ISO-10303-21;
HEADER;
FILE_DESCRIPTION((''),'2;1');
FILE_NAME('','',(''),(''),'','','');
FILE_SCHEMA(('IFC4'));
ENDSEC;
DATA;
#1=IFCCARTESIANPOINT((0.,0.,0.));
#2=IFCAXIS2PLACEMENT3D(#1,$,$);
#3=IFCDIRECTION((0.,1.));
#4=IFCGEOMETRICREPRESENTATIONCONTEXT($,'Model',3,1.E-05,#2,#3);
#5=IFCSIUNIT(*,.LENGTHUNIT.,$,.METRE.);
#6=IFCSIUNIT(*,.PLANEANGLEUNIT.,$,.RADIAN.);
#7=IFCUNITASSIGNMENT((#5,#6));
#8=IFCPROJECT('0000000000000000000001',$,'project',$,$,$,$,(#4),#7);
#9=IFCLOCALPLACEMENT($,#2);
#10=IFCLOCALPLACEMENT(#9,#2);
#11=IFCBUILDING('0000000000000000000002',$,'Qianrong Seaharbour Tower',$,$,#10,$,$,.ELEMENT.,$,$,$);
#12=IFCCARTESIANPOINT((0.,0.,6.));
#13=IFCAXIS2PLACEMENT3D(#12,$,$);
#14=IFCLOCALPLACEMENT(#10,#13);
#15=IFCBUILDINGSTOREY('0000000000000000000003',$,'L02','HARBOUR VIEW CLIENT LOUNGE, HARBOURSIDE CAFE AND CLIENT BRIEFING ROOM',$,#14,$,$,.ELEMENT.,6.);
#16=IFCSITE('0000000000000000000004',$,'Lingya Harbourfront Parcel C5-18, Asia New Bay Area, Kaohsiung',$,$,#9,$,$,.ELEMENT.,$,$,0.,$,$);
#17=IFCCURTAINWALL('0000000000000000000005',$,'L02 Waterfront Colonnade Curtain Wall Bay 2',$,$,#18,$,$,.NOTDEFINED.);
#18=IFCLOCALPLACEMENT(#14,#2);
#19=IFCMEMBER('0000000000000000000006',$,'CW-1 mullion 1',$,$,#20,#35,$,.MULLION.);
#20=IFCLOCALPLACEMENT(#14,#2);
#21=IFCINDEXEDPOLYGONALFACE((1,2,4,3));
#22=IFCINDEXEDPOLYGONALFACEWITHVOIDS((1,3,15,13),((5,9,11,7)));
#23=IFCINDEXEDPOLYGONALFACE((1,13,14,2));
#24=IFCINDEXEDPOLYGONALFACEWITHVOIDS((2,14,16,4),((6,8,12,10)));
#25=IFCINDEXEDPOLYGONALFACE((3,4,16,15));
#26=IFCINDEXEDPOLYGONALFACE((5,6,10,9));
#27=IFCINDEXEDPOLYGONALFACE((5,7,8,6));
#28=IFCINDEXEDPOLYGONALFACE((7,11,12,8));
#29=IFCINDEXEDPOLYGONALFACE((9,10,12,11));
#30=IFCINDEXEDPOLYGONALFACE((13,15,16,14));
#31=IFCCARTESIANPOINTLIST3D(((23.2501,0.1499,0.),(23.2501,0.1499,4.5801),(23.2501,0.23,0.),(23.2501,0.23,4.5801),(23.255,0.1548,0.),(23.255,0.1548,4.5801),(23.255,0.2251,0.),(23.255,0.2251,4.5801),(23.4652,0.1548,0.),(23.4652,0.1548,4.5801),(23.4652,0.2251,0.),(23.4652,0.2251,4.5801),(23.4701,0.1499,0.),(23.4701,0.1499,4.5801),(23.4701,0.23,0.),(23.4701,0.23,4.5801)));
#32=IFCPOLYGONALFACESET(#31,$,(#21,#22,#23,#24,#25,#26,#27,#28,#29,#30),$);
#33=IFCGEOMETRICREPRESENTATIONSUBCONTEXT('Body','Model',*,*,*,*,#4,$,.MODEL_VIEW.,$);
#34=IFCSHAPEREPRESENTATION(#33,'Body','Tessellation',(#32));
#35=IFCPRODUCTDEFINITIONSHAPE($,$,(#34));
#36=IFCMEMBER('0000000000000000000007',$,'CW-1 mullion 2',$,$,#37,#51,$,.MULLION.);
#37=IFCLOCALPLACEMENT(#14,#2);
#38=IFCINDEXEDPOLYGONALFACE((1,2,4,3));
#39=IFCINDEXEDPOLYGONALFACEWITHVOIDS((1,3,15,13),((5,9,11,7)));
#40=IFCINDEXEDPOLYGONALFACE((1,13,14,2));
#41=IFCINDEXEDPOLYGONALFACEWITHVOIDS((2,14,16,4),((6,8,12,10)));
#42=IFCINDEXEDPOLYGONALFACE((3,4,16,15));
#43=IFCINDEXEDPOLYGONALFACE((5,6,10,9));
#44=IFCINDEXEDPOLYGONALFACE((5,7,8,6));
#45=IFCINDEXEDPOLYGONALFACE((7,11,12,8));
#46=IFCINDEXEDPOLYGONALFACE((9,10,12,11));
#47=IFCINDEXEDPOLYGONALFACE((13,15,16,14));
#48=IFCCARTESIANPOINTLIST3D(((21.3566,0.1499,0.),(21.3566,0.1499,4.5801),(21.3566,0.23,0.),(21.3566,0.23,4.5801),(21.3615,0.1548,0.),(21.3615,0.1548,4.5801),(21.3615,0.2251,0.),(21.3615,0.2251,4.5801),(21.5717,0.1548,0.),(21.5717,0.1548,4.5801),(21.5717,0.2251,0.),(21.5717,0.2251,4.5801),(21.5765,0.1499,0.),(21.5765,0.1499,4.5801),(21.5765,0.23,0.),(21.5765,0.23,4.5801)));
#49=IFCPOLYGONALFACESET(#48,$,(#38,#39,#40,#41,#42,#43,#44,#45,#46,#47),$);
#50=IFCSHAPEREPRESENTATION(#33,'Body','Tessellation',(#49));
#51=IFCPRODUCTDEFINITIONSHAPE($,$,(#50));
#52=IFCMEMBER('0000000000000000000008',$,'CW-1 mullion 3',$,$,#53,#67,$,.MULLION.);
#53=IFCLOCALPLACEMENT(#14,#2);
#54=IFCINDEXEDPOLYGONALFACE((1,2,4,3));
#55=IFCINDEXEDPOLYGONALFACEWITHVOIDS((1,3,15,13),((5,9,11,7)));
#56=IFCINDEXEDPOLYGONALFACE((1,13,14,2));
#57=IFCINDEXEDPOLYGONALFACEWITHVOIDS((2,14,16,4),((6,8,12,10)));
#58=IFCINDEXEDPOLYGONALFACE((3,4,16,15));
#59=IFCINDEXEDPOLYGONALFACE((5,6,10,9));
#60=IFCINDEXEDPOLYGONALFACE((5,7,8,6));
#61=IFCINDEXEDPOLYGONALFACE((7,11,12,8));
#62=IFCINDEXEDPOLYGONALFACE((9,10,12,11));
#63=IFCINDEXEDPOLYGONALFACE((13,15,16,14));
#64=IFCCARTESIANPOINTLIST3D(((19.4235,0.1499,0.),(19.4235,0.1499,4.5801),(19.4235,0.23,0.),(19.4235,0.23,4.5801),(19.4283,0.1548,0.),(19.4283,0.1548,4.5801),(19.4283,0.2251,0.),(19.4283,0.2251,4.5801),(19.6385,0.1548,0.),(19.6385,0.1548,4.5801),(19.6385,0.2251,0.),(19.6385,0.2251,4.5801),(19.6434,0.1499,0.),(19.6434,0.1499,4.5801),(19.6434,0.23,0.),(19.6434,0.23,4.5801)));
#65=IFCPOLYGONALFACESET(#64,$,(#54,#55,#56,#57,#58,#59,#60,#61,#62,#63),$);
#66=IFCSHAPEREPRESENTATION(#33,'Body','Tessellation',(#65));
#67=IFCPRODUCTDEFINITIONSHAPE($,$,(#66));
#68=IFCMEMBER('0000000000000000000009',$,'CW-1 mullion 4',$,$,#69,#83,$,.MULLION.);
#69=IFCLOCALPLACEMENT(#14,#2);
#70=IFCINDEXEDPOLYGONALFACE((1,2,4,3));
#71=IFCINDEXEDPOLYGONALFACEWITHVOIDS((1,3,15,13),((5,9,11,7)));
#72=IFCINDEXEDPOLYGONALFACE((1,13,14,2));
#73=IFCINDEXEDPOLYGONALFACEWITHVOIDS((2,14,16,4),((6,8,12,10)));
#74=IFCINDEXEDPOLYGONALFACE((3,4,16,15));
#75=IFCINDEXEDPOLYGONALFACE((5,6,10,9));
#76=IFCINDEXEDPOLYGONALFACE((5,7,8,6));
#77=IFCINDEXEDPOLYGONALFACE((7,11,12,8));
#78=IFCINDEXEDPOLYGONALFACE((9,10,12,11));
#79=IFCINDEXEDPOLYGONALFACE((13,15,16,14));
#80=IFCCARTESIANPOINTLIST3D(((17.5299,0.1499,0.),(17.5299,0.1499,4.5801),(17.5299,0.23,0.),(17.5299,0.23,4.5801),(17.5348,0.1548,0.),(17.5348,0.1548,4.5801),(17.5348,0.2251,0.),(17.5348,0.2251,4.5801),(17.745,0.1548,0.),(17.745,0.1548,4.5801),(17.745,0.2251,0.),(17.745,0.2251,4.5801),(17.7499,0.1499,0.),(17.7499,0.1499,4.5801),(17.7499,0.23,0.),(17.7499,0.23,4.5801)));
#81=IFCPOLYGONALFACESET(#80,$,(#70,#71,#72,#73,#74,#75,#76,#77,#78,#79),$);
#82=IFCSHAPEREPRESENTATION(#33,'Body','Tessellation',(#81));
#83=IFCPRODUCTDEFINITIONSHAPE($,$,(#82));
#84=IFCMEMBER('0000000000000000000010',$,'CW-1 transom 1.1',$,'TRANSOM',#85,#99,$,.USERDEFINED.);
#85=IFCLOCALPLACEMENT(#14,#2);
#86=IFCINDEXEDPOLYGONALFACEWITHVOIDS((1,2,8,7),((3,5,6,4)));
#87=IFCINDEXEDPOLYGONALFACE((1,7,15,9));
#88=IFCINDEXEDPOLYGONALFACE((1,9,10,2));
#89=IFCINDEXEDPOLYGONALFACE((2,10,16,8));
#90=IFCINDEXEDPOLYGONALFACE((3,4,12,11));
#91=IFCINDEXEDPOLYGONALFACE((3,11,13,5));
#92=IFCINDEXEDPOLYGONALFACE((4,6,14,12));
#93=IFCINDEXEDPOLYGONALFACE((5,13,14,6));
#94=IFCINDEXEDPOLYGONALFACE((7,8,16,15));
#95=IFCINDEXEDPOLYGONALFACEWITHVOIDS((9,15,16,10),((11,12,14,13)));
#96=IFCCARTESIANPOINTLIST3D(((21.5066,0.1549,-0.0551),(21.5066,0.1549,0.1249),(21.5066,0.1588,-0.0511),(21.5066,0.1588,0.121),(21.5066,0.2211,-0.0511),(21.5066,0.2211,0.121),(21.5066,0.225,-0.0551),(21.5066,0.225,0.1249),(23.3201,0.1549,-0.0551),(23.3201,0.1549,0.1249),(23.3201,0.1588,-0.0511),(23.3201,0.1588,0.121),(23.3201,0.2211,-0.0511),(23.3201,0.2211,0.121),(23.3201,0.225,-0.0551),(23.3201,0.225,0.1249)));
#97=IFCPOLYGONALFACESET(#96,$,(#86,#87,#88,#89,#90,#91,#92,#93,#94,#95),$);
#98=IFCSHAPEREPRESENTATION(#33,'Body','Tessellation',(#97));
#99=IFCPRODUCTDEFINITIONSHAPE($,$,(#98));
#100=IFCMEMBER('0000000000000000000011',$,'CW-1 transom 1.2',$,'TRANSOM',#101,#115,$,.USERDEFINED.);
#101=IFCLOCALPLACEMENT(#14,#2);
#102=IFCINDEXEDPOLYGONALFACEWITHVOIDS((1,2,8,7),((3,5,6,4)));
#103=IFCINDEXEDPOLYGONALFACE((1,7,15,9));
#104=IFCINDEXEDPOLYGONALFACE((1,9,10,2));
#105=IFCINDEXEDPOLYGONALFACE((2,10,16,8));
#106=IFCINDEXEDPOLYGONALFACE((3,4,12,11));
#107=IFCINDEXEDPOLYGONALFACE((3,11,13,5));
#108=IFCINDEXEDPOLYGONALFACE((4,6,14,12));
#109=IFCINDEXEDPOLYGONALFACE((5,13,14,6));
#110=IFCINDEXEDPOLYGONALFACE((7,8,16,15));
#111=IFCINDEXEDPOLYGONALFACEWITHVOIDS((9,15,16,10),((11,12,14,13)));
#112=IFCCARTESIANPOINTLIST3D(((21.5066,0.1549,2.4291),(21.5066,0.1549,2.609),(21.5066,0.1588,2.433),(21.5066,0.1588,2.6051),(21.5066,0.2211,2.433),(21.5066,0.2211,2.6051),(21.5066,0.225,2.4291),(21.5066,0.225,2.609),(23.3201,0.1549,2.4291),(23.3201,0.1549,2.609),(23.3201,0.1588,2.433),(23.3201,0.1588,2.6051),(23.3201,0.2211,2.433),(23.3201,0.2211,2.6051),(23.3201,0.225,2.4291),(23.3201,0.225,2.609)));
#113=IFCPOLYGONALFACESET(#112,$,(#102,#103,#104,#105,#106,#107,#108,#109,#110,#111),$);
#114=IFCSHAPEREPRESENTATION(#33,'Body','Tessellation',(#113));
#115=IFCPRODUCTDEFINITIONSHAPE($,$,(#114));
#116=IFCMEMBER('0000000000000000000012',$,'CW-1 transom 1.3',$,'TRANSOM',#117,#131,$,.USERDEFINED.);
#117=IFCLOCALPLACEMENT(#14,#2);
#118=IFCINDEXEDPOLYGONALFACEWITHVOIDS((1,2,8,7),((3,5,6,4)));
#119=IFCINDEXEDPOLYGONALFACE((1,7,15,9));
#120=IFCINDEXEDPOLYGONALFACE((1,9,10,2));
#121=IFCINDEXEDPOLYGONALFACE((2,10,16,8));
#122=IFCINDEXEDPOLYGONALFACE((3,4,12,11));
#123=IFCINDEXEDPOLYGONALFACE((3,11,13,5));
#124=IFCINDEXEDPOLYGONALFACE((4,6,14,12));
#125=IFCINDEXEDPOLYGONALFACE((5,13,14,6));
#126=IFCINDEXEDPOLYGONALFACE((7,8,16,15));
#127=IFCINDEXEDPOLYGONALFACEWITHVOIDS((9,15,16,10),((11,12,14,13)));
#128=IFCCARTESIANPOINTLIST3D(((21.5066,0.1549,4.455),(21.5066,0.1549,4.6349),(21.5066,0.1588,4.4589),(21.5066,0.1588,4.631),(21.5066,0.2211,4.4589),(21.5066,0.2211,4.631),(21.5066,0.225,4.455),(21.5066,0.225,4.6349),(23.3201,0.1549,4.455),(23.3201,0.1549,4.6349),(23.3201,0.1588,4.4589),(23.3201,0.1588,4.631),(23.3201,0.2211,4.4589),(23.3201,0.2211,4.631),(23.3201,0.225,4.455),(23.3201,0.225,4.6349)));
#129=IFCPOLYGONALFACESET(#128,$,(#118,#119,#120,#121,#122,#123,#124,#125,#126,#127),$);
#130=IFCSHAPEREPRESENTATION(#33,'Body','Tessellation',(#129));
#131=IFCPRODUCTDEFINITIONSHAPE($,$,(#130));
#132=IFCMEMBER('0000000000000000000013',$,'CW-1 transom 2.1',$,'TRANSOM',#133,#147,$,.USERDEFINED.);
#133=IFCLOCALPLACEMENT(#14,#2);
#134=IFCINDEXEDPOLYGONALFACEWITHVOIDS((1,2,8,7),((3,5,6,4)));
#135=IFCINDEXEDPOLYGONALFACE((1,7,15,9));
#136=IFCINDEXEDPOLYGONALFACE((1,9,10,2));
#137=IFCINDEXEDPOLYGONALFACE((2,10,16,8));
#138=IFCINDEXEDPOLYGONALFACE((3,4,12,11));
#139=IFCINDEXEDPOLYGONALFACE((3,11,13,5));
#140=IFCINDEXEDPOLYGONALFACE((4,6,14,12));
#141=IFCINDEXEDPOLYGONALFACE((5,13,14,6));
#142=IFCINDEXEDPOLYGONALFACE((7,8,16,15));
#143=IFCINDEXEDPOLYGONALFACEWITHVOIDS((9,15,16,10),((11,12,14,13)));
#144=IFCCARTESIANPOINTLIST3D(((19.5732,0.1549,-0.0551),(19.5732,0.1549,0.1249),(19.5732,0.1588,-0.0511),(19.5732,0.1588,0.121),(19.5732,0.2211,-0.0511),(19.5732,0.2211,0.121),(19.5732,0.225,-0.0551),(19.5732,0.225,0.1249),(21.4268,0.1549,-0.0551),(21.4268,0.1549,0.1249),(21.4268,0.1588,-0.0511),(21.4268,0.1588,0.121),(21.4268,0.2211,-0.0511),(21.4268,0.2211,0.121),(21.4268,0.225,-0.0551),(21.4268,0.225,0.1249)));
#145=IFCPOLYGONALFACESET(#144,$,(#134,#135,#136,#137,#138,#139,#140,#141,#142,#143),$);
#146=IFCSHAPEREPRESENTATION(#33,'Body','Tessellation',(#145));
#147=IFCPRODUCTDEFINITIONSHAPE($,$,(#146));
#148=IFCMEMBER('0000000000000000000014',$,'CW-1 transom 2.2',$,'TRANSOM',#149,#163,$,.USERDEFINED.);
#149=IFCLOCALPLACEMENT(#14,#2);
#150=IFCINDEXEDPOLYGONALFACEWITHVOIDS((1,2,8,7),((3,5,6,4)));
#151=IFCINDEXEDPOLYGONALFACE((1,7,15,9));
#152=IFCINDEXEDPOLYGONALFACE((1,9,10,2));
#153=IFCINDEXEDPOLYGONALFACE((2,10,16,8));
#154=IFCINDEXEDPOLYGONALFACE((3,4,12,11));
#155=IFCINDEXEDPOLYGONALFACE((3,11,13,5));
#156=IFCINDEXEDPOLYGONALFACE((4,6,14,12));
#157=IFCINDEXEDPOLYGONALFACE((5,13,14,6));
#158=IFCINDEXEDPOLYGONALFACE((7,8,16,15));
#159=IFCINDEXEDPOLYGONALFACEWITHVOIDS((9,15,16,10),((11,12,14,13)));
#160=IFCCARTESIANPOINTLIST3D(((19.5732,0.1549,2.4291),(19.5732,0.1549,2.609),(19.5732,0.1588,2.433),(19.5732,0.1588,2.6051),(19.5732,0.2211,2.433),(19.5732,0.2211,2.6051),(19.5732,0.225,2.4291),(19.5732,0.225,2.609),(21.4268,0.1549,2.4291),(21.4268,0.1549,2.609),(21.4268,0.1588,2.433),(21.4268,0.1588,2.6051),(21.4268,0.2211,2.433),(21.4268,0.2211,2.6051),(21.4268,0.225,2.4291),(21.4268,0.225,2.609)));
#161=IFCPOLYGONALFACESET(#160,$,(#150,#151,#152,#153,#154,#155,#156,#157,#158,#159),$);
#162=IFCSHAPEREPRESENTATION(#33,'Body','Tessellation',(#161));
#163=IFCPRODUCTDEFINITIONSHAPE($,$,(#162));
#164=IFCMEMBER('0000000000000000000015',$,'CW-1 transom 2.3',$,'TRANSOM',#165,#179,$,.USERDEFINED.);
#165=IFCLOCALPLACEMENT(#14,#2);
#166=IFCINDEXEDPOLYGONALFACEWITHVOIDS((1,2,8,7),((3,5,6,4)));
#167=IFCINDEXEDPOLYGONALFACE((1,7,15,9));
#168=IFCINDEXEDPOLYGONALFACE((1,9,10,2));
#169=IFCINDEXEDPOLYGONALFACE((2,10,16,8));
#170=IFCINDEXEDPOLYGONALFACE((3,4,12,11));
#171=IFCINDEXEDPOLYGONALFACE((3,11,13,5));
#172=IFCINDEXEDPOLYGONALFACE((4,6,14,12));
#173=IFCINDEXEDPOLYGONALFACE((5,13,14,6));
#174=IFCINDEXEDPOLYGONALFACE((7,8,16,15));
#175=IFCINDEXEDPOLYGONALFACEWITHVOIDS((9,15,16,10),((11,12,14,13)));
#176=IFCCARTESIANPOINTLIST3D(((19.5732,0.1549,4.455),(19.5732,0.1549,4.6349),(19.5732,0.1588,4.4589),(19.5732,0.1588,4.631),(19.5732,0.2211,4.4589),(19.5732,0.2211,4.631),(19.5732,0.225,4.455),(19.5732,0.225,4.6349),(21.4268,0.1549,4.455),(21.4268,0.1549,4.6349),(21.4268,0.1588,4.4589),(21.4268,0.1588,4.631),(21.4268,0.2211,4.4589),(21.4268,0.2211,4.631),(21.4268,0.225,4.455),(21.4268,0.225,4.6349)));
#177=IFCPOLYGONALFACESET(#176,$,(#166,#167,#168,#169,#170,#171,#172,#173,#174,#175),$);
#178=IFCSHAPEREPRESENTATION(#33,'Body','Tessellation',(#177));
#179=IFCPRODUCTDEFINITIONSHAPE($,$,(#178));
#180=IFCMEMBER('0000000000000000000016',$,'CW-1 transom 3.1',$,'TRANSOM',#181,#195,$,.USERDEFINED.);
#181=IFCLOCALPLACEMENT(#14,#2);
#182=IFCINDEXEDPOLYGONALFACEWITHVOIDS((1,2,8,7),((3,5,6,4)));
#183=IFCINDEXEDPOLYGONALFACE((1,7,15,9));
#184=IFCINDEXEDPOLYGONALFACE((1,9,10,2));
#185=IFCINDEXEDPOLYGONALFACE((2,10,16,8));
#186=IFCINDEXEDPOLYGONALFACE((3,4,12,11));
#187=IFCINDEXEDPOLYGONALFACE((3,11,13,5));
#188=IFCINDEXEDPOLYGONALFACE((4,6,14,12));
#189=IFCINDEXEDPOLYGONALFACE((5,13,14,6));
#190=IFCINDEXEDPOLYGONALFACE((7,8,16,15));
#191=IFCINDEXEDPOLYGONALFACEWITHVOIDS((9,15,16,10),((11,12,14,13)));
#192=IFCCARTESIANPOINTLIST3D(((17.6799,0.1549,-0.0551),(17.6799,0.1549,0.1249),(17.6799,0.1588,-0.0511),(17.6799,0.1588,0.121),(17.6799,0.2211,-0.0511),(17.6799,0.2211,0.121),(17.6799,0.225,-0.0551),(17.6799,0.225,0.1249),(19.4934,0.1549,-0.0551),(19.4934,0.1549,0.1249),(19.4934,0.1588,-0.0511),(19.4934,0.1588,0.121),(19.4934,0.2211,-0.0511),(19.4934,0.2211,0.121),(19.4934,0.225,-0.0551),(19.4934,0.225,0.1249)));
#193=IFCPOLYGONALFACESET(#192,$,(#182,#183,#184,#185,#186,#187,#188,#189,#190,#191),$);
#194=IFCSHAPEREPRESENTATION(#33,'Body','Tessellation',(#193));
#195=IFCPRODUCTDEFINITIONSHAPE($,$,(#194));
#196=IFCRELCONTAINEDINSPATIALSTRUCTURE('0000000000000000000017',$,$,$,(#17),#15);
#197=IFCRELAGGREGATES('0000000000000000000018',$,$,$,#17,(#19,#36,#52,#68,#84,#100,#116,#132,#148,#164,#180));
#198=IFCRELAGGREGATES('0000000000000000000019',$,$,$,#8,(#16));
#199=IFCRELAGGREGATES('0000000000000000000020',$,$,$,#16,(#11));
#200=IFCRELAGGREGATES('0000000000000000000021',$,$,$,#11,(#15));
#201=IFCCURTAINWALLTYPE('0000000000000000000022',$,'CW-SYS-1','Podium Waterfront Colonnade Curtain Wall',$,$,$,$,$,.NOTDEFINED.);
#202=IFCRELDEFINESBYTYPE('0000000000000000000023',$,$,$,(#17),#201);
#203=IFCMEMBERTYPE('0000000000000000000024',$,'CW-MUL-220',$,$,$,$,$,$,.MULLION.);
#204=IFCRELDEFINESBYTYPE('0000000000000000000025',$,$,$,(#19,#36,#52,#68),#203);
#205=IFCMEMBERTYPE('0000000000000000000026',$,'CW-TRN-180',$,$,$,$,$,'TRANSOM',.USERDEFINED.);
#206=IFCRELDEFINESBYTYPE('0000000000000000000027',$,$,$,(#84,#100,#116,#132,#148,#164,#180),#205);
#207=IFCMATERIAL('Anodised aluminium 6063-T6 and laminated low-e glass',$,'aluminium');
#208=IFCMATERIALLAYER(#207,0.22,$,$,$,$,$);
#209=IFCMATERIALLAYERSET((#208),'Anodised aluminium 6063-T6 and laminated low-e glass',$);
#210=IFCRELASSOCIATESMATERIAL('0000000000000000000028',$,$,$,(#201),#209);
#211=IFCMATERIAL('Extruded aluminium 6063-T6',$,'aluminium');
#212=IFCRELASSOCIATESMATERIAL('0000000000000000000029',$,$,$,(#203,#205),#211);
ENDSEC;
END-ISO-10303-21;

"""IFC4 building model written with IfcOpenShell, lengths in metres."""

from ifc_helpers import new_model, si_unit, direction, frame, origin, origin_2d, place, context, subcontext, project, spatial, hollow_rectangle, extrude, material, layer, layer_set, material_profile, profile_set, type_object, element, aggregate, save


model = new_model("IFC4")

# Units and contexts
model_context = context("Model", 3, precision=1e-05, world=origin(), true_north=direction((0.0, 1.0)))
body_context = subcontext(model_context, "Body", "Model", "MODEL_VIEW")
ifc_project = project(units=[si_unit("LENGTHUNIT", "METRE"), si_unit("PLANEANGLEUNIT", "RADIAN")], contexts=[model_context])

# Site, building, storey
site_placement = place(None, origin())
site = spatial("IfcSite", under=ifc_project, at=site_placement, Name="Lingya Harbourfront Parcel C5-18, Asia New Bay Area, Kaohsiung", CompositionType="ELEMENT", RefElevation=0.0)
building_placement = place(site_placement, origin())
building = spatial("IfcBuilding", under=site, at=building_placement, Name="Qianrong Seaharbour Tower", CompositionType="ELEMENT")
storey_placement = place(building_placement, frame((0.0, 0.0, 6.0)))
storey = spatial("IfcBuildingStorey", under=building, at=storey_placement, Name="L02", Description="HARBOUR VIEW CLIENT LOUNGE, HARBOURSIDE CAFE AND CLIENT BRIEFING ROOM", CompositionType="ELEMENT", Elevation=6.0)

# Curtain wall, members
ifc_material_1 = material(Name="Anodised aluminium 6063-T6 and laminated low-e glass", Category="aluminium")
ifc_layer_1 = layer(ifc_material_1, 0.22)
ifc_layer_set_1 = layer_set([ifc_layer_1], Name="Anodised aluminium 6063-T6 and laminated low-e glass")
curtain_wall_type = type_object("IfcCurtainWallType", Name="CW-SYS-1", Description="Podium Waterfront Colonnade Curtain Wall", PredefinedType="NOTDEFINED", material=ifc_layer_set_1)
curtain_wall_placement = place(storey_placement, origin())
curtain_wall = element("IfcCurtainWall", 1, at=curtain_wall_placement, inside=storey, type_object=curtain_wall_type, Name="L02 Waterfront Colonnade Curtain Wall Bay 2", PredefinedType="NOTDEFINED")
ifc_material_2 = material(Name="Extruded aluminium 6063-T6", Category="aluminium")
ifc_material_profile_1 = material_profile(ifc_material_2, hollow_rectangle(XDim=0.0801, YDim=0.22, WallThickness=0.0049, at=origin_2d()), Name="ALU-MUL-220x80x5")
ifc_profile_set_1 = profile_set([ifc_material_profile_1], Name="Extruded aluminium 6063-T6")
member_type_1 = type_object("IfcMemberType", Name="CW-MUL-220", PredefinedType="MULLION", material=ifc_profile_set_1)
member_1_placement = place(storey_placement, frame((23.3601, 0.1899, 0.0), z_axis=(0.0, 0.0, 1.0), x_axis=(0.0, -1.0, 0.0)))
member_1 = element("IfcMember", 2, at=member_1_placement, type_object=member_type_1, Name="CW-1 mullion 1", PredefinedType="MULLION", context=body_context, shape_type="SweptSolid", body=[
    extrude(hollow_rectangle(XDim=0.0801, YDim=0.22, WallThickness=0.0049, at=origin_2d()), origin(), (0.0, 0.0, 1.0), 4.5801),
])
member_2_placement = place(storey_placement, frame((21.4666, 0.1899, 0.0), z_axis=(0.0, 0.0, 1.0), x_axis=(0.0, -1.0, 0.0)))
member_2 = element("IfcMember", 3, at=member_2_placement, type_object=member_type_1, Name="CW-1 mullion 2", PredefinedType="MULLION", context=body_context, shape_type="SweptSolid", body=[
    extrude(hollow_rectangle(XDim=0.0801, YDim=0.22, WallThickness=0.0049, at=origin_2d()), origin(), (0.0, 0.0, 1.0), 4.5801),
])
member_3_placement = place(storey_placement, frame((19.5334, 0.1899, 0.0), z_axis=(0.0, 0.0, 1.0), x_axis=(0.0, -1.0, 0.0)))
member_3 = element("IfcMember", 4, at=member_3_placement, type_object=member_type_1, Name="CW-1 mullion 3", PredefinedType="MULLION", context=body_context, shape_type="SweptSolid", body=[
    extrude(hollow_rectangle(XDim=0.0801, YDim=0.22, WallThickness=0.0049, at=origin_2d()), origin(), (0.0, 0.0, 1.0), 4.5801),
])
member_4_placement = place(storey_placement, frame((17.6399, 0.1899, 0.0), z_axis=(0.0, 0.0, 1.0), x_axis=(0.0, -1.0, 0.0)))
member_4 = element("IfcMember", 5, at=member_4_placement, type_object=member_type_1, Name="CW-1 mullion 4", PredefinedType="MULLION", context=body_context, shape_type="SweptSolid", body=[
    extrude(hollow_rectangle(XDim=0.0801, YDim=0.22, WallThickness=0.0049, at=origin_2d()), origin(), (0.0, 0.0, 1.0), 4.5801),
])
ifc_material_profile_2 = material_profile(ifc_material_2, hollow_rectangle(XDim=0.0701, YDim=0.1799, WallThickness=0.0039, at=origin_2d()), Name="ALU-TRN-180x70x4")
ifc_profile_set_2 = profile_set([ifc_material_profile_2], Name="Extruded aluminium 6063-T6")
member_type_2 = type_object("IfcMemberType", Name="CW-TRN-180", ElementType="TRANSOM", PredefinedType="USERDEFINED", material=ifc_profile_set_2)
member_5_placement = place(storey_placement, frame((23.3201, 0.1899, 0.0349), z_axis=(-1.0, 0.0, 0.0), x_axis=(0.0, -1.0, 0.0)))
member_5 = element("IfcMember", 6, at=member_5_placement, type_object=member_type_2, Name="CW-1 transom 1.1", ObjectType="TRANSOM", PredefinedType="USERDEFINED", context=body_context, shape_type="SweptSolid", body=[
    extrude(hollow_rectangle(XDim=0.0701, YDim=0.1799, WallThickness=0.0039, at=origin_2d()), origin(), (0.0, 0.0, 1.0), 1.8135),
])
member_6_placement = place(storey_placement, frame((23.3201, 0.1899, 2.519), z_axis=(-1.0, 0.0, 0.0), x_axis=(0.0, -1.0, 0.0)))
member_6 = element("IfcMember", 7, at=member_6_placement, type_object=member_type_2, Name="CW-1 transom 1.2", ObjectType="TRANSOM", PredefinedType="USERDEFINED", context=body_context, shape_type="SweptSolid", body=[
    extrude(hollow_rectangle(XDim=0.0701, YDim=0.1799, WallThickness=0.0039, at=origin_2d()), origin(), (0.0, 0.0, 1.0), 1.8135),
])
member_7_placement = place(storey_placement, frame((23.3201, 0.1899, 4.5449), z_axis=(-1.0, 0.0, 0.0), x_axis=(0.0, -1.0, 0.0)))
member_7 = element("IfcMember", 8, at=member_7_placement, type_object=member_type_2, Name="CW-1 transom 1.3", ObjectType="TRANSOM", PredefinedType="USERDEFINED", context=body_context, shape_type="SweptSolid", body=[
    extrude(hollow_rectangle(XDim=0.0701, YDim=0.1799, WallThickness=0.0039, at=origin_2d()), origin(), (0.0, 0.0, 1.0), 1.8135),
])
member_8_placement = place(storey_placement, frame((21.4268, 0.1899, 0.0349), z_axis=(-1.0, 0.0, 0.0), x_axis=(0.0, -1.0, 0.0)))
member_8 = element("IfcMember", 9, at=member_8_placement, type_object=member_type_2, Name="CW-1 transom 2.1", ObjectType="TRANSOM", PredefinedType="USERDEFINED", context=body_context, shape_type="SweptSolid", body=[
    extrude(hollow_rectangle(XDim=0.0701, YDim=0.1799, WallThickness=0.0039, at=origin_2d()), origin(), (0.0, 0.0, 1.0), 1.8535),
])
member_9_placement = place(storey_placement, frame((21.4268, 0.1899, 2.519), z_axis=(-1.0, 0.0, 0.0), x_axis=(0.0, -1.0, 0.0)))
member_9 = element("IfcMember", 10, at=member_9_placement, type_object=member_type_2, Name="CW-1 transom 2.2", ObjectType="TRANSOM", PredefinedType="USERDEFINED", context=body_context, shape_type="SweptSolid", body=[
    extrude(hollow_rectangle(XDim=0.0701, YDim=0.1799, WallThickness=0.0039, at=origin_2d()), origin(), (0.0, 0.0, 1.0), 1.8535),
])
member_10_placement = place(storey_placement, frame((21.4268, 0.1899, 4.5449), z_axis=(-1.0, 0.0, 0.0), x_axis=(0.0, -1.0, 0.0)))
member_10 = element("IfcMember", 11, at=member_10_placement, type_object=member_type_2, Name="CW-1 transom 2.3", ObjectType="TRANSOM", PredefinedType="USERDEFINED", context=body_context, shape_type="SweptSolid", body=[
    extrude(hollow_rectangle(XDim=0.0701, YDim=0.1799, WallThickness=0.0039, at=origin_2d()), origin(), (0.0, 0.0, 1.0), 1.8535),
])
member_11_placement = place(storey_placement, frame((19.4934, 0.1899, 0.0349), z_axis=(-1.0, 0.0, 0.0), x_axis=(0.0, -1.0, 0.0)))
member_11 = element("IfcMember", 12, at=member_11_placement, type_object=member_type_2, Name="CW-1 transom 3.1", ObjectType="TRANSOM", PredefinedType="USERDEFINED", context=body_context, shape_type="SweptSolid", body=[
    extrude(hollow_rectangle(XDim=0.0701, YDim=0.1799, WallThickness=0.0039, at=origin_2d()), origin(), (0.0, 0.0, 1.0), 1.8135),
])
aggregate(curtain_wall, [member_1, member_2, member_3, member_4, member_5, member_6, member_7, member_8, member_9, member_10, member_11])

save(model, "model.ifc")
